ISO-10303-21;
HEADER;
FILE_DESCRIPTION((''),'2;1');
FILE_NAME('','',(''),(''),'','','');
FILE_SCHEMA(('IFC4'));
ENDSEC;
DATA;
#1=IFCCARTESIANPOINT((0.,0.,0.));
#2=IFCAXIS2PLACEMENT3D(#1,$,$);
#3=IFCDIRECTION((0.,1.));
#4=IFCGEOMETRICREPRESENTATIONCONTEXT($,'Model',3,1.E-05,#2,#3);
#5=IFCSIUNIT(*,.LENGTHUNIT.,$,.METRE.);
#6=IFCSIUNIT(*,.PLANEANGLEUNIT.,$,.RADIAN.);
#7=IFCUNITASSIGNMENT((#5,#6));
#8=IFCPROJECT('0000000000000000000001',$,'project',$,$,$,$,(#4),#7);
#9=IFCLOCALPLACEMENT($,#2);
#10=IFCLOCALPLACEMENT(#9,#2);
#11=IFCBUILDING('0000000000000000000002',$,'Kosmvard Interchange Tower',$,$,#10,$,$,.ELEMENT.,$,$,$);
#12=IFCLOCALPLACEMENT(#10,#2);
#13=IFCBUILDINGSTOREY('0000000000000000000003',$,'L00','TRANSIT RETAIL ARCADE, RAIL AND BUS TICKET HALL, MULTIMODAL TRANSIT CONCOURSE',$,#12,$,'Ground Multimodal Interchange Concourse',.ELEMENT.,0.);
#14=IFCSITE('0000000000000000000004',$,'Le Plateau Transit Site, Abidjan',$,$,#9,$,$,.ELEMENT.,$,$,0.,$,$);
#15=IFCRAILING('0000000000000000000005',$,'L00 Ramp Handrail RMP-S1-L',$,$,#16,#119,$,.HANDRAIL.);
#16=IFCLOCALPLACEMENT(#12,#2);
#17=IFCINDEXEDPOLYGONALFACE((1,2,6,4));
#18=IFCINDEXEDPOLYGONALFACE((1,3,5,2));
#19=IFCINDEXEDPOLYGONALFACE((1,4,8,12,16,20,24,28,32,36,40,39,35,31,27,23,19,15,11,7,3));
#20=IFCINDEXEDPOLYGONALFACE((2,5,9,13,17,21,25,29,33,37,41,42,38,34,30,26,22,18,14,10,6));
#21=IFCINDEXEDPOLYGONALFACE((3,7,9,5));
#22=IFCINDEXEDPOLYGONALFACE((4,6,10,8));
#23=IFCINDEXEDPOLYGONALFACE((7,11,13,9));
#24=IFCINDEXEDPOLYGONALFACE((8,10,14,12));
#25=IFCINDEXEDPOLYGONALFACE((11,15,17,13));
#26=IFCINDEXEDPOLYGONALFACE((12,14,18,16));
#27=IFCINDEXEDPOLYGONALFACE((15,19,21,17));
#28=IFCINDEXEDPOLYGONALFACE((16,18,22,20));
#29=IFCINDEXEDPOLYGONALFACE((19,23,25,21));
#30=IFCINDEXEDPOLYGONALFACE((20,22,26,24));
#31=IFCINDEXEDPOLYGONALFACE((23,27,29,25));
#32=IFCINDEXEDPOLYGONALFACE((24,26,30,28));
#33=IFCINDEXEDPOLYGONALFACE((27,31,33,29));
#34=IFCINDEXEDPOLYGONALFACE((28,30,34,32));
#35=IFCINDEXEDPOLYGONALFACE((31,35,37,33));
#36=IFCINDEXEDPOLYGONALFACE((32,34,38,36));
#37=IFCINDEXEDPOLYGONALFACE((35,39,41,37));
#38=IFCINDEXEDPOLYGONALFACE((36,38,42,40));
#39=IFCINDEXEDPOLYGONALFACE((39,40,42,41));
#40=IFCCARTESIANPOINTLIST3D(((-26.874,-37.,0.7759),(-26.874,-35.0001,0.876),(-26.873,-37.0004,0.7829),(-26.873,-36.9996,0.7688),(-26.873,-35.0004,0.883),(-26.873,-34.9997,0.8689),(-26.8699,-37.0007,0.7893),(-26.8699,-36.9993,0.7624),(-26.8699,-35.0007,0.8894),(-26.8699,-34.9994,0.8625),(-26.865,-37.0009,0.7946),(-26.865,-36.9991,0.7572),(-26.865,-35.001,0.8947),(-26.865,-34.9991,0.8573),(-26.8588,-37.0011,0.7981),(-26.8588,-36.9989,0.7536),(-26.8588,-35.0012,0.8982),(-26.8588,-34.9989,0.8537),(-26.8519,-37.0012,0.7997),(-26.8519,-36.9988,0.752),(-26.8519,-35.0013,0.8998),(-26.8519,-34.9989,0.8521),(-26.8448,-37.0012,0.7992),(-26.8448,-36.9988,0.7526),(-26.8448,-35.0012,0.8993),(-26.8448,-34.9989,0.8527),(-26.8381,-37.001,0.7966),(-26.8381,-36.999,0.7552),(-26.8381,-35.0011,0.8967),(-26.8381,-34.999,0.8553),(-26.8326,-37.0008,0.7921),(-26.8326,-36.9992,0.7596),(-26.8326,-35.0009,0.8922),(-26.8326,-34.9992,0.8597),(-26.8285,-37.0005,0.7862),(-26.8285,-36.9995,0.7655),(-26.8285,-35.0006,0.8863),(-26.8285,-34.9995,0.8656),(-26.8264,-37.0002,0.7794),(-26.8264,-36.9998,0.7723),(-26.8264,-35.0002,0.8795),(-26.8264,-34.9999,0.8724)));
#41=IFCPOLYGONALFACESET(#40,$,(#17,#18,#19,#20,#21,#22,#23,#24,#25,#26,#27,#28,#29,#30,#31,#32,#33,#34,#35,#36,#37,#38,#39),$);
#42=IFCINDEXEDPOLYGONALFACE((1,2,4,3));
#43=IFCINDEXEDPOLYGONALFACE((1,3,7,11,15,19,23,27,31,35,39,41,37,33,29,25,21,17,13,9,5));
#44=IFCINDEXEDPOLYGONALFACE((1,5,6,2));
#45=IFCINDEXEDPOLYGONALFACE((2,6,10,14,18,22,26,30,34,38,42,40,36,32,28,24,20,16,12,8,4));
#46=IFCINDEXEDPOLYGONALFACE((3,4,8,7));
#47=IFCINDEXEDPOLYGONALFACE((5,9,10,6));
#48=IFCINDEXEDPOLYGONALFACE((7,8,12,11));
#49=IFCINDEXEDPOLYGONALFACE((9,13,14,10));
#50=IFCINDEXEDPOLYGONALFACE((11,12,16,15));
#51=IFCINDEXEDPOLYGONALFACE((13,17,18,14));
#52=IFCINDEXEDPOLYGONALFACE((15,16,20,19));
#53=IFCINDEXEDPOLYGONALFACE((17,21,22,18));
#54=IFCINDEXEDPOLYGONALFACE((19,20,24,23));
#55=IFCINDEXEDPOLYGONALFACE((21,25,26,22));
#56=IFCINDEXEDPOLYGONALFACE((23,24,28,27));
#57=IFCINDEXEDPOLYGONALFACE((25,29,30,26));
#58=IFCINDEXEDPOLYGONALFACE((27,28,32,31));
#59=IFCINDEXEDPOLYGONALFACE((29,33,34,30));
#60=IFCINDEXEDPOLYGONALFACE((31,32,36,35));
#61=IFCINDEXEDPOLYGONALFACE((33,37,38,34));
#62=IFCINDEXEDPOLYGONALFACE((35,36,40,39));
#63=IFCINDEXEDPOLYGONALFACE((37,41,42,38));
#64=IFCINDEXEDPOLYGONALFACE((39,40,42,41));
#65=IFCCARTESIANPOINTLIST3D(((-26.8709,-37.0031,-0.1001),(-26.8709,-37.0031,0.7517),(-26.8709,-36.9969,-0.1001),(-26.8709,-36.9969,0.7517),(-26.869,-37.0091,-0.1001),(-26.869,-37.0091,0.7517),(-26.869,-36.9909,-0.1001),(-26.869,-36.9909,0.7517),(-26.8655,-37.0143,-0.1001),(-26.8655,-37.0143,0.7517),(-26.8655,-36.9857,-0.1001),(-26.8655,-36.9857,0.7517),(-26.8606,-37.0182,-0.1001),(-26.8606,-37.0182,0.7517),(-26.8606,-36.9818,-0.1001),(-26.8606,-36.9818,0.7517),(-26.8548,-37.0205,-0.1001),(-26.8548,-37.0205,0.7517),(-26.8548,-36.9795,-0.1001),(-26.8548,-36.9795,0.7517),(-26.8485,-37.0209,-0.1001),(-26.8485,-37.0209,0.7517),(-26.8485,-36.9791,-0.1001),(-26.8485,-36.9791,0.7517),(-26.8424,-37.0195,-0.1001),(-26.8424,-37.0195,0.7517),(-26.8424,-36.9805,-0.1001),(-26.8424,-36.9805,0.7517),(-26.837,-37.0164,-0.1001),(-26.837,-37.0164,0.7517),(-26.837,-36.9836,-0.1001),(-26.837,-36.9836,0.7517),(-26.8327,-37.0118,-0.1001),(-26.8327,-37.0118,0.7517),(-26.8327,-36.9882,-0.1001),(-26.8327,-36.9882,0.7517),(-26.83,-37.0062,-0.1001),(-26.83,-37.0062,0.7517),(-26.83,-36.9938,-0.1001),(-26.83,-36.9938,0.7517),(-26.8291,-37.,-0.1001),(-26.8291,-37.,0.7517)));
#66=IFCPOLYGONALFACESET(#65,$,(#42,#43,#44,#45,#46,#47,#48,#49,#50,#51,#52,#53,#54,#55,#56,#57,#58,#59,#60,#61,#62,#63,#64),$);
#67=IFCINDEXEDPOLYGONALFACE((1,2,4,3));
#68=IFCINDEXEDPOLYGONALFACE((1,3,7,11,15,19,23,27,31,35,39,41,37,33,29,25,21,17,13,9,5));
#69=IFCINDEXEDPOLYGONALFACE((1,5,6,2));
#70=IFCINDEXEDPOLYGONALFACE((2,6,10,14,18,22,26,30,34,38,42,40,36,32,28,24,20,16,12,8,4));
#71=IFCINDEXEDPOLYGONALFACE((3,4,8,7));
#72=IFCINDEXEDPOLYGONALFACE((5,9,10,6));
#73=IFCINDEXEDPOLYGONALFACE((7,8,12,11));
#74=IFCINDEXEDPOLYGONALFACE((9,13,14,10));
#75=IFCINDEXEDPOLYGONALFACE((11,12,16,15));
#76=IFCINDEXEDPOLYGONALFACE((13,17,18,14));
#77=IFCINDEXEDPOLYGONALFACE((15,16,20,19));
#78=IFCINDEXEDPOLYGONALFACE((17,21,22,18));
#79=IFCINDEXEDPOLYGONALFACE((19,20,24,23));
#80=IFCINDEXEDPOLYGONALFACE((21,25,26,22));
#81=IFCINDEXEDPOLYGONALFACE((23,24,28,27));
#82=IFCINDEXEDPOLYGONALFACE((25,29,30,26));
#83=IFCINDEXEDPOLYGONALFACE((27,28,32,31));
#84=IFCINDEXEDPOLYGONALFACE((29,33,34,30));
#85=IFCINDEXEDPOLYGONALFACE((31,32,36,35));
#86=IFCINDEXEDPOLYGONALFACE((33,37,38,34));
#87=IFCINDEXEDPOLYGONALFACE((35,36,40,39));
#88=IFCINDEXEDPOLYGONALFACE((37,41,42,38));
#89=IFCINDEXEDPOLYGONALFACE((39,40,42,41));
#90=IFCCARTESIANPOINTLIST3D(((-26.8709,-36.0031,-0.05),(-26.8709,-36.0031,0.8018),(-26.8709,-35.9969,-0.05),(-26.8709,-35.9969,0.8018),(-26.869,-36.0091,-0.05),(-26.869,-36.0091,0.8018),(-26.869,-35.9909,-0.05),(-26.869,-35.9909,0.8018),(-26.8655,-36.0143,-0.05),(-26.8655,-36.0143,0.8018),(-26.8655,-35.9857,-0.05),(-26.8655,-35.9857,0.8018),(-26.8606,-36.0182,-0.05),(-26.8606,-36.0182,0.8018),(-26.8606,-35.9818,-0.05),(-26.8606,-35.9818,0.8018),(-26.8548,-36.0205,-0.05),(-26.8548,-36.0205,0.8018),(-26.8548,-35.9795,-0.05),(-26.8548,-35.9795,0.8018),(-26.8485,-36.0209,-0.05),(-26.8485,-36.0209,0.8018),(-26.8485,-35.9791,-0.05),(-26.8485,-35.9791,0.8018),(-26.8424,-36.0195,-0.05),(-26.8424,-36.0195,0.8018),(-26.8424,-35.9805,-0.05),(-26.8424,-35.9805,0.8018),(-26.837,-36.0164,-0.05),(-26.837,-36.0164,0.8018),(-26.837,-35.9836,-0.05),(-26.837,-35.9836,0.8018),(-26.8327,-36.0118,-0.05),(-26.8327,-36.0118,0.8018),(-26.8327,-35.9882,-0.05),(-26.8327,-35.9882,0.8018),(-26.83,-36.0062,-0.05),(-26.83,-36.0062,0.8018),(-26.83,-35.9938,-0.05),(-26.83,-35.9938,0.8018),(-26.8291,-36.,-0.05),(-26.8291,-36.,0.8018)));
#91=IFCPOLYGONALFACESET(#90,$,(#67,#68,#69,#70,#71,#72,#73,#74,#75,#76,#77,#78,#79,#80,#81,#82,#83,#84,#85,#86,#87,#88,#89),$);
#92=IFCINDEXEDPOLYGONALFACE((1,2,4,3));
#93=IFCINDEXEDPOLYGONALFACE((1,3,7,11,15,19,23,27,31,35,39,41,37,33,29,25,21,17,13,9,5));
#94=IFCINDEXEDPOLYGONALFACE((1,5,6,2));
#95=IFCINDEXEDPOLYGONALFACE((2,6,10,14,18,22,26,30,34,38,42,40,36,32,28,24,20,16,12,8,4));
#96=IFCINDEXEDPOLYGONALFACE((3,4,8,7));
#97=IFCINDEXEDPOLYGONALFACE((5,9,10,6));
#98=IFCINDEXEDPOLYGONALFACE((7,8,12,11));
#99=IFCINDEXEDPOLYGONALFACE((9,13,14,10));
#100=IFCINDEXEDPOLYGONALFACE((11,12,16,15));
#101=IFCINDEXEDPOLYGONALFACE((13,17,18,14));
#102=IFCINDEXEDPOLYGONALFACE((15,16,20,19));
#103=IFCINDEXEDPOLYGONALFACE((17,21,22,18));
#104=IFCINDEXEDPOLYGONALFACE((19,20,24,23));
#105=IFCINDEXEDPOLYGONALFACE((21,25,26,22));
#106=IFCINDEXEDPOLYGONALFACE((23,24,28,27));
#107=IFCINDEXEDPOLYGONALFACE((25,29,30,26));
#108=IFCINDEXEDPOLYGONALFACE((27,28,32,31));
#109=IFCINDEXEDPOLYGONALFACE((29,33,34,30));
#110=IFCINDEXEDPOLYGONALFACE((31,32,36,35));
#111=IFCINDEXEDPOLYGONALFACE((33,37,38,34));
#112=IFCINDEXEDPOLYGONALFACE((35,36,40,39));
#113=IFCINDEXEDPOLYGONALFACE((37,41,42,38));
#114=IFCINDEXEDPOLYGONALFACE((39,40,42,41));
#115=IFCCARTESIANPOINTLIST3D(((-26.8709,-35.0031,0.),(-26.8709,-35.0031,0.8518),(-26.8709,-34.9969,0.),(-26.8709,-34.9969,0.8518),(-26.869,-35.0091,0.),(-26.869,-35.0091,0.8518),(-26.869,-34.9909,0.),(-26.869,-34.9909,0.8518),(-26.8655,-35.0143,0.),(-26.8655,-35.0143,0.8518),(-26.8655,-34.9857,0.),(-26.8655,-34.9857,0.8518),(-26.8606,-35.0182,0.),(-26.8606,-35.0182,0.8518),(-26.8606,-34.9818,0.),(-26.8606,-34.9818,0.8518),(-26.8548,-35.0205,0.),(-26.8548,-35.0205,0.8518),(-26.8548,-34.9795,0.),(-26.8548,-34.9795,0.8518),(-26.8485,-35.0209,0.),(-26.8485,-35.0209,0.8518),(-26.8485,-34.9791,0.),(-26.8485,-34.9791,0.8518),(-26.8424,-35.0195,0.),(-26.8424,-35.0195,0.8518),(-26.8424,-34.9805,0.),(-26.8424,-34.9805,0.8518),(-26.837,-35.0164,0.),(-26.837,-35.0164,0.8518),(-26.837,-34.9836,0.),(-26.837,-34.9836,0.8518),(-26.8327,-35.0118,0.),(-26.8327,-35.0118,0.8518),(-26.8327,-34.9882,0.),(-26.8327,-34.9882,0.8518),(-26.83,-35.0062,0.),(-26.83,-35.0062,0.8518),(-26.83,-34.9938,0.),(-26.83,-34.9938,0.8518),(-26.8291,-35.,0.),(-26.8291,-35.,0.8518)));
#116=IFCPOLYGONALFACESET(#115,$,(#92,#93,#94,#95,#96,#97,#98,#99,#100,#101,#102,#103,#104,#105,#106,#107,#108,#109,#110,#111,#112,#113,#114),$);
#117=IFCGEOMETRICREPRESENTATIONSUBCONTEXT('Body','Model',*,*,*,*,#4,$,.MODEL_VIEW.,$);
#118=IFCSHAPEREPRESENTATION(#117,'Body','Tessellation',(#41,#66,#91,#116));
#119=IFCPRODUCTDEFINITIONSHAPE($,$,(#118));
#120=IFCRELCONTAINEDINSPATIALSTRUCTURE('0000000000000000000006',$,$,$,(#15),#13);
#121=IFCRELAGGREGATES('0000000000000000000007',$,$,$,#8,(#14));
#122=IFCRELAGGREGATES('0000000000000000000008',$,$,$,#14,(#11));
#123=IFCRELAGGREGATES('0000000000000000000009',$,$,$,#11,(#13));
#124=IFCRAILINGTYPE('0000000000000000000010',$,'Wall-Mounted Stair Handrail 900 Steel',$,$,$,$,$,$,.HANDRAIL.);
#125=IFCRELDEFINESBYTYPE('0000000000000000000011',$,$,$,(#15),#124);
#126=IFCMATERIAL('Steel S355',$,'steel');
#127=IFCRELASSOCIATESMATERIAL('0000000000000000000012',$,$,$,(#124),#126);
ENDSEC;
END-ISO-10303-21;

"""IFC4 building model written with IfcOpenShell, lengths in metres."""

from ifc_helpers import new_model, si_unit, direction, frame, origin, origin_2d, place, context, subcontext, project, spatial, circle, extrude, source, transform, mapped, material, type_object, element, save


model = new_model("IFC4")

# Units and contexts
model_context = context("Model", 3, precision=1e-05, world=origin(), true_north=direction((0.0, 1.0)))
body_context = subcontext(model_context, "Body", "Model", "MODEL_VIEW")
ifc_project = project(units=[si_unit("LENGTHUNIT", "METRE"), si_unit("PLANEANGLEUNIT", "RADIAN")], contexts=[model_context])

# Site, building, storey
site_placement = place(None, origin())
site = spatial("IfcSite", under=ifc_project, at=site_placement, Name="Le Plateau Transit Site, Abidjan", CompositionType="ELEMENT", RefElevation=0.0)
building_placement = place(site_placement, origin())
building = spatial("IfcBuilding", under=site, at=building_placement, Name="Kosmvard Interchange Tower", CompositionType="ELEMENT")
storey_placement = place(building_placement, origin())
storey = spatial("IfcBuildingStorey", under=building, at=storey_placement, Name="L00", Description="TRANSIT RETAIL ARCADE, RAIL AND BUS TICKET HALL, MULTIMODAL TRANSIT CONCOURSE", LongName="Ground Multimodal Interchange Concourse", CompositionType="ELEMENT", Elevation=0.0)

# Railing
ifc_material_1 = material(Name="Steel S355", Category="steel")
railing_type = type_object("IfcRailingType", Name="Wall-Mounted Stair Handrail 900 Steel", PredefinedType="HANDRAIL", material=ifc_material_1)
shared_shape_1 = source(origin(), body_context, "Body", "SweptSolid", [
    extrude(circle(Radius=0.0239, at=origin_2d()), frame((0.0, 0.0, 0.876), z_axis=(0.0, 0.99875, 0.049986), x_axis=(-1.0, 0.0, 0.0)), (0.0, 0.0, 1.0), 2.0024),
    extrude(circle(Radius=0.021, at=origin_2d()), origin(), (0.0, 0.0, 1.0), 0.8518),
    extrude(circle(Radius=0.021, at=origin_2d()), frame((0.0, 1.0, 0.05)), (0.0, 0.0, 1.0), 0.8518),
    extrude(circle(Radius=0.021, at=origin_2d()), frame((0.0, 2.0, 0.1001)), (0.0, 0.0, 1.0), 0.8518),
])
for number, where, name in (
    (1, (-26.8501, -37.0, -0.1001), "L00 Ramp Handrail RMP-S1-L"),
):
    element("IfcRailing", number, at=place(storey_placement, frame(where)), inside=storey, type_object=railing_type, Name=name, PredefinedType="HANDRAIL", context=body_context, shape_type="MappedRepresentation", body=[
        mapped(shared_shape_1, transform((0.0, 0.0, 0.0), scale=1.0)),
    ])

save(model, "model.ifc")
